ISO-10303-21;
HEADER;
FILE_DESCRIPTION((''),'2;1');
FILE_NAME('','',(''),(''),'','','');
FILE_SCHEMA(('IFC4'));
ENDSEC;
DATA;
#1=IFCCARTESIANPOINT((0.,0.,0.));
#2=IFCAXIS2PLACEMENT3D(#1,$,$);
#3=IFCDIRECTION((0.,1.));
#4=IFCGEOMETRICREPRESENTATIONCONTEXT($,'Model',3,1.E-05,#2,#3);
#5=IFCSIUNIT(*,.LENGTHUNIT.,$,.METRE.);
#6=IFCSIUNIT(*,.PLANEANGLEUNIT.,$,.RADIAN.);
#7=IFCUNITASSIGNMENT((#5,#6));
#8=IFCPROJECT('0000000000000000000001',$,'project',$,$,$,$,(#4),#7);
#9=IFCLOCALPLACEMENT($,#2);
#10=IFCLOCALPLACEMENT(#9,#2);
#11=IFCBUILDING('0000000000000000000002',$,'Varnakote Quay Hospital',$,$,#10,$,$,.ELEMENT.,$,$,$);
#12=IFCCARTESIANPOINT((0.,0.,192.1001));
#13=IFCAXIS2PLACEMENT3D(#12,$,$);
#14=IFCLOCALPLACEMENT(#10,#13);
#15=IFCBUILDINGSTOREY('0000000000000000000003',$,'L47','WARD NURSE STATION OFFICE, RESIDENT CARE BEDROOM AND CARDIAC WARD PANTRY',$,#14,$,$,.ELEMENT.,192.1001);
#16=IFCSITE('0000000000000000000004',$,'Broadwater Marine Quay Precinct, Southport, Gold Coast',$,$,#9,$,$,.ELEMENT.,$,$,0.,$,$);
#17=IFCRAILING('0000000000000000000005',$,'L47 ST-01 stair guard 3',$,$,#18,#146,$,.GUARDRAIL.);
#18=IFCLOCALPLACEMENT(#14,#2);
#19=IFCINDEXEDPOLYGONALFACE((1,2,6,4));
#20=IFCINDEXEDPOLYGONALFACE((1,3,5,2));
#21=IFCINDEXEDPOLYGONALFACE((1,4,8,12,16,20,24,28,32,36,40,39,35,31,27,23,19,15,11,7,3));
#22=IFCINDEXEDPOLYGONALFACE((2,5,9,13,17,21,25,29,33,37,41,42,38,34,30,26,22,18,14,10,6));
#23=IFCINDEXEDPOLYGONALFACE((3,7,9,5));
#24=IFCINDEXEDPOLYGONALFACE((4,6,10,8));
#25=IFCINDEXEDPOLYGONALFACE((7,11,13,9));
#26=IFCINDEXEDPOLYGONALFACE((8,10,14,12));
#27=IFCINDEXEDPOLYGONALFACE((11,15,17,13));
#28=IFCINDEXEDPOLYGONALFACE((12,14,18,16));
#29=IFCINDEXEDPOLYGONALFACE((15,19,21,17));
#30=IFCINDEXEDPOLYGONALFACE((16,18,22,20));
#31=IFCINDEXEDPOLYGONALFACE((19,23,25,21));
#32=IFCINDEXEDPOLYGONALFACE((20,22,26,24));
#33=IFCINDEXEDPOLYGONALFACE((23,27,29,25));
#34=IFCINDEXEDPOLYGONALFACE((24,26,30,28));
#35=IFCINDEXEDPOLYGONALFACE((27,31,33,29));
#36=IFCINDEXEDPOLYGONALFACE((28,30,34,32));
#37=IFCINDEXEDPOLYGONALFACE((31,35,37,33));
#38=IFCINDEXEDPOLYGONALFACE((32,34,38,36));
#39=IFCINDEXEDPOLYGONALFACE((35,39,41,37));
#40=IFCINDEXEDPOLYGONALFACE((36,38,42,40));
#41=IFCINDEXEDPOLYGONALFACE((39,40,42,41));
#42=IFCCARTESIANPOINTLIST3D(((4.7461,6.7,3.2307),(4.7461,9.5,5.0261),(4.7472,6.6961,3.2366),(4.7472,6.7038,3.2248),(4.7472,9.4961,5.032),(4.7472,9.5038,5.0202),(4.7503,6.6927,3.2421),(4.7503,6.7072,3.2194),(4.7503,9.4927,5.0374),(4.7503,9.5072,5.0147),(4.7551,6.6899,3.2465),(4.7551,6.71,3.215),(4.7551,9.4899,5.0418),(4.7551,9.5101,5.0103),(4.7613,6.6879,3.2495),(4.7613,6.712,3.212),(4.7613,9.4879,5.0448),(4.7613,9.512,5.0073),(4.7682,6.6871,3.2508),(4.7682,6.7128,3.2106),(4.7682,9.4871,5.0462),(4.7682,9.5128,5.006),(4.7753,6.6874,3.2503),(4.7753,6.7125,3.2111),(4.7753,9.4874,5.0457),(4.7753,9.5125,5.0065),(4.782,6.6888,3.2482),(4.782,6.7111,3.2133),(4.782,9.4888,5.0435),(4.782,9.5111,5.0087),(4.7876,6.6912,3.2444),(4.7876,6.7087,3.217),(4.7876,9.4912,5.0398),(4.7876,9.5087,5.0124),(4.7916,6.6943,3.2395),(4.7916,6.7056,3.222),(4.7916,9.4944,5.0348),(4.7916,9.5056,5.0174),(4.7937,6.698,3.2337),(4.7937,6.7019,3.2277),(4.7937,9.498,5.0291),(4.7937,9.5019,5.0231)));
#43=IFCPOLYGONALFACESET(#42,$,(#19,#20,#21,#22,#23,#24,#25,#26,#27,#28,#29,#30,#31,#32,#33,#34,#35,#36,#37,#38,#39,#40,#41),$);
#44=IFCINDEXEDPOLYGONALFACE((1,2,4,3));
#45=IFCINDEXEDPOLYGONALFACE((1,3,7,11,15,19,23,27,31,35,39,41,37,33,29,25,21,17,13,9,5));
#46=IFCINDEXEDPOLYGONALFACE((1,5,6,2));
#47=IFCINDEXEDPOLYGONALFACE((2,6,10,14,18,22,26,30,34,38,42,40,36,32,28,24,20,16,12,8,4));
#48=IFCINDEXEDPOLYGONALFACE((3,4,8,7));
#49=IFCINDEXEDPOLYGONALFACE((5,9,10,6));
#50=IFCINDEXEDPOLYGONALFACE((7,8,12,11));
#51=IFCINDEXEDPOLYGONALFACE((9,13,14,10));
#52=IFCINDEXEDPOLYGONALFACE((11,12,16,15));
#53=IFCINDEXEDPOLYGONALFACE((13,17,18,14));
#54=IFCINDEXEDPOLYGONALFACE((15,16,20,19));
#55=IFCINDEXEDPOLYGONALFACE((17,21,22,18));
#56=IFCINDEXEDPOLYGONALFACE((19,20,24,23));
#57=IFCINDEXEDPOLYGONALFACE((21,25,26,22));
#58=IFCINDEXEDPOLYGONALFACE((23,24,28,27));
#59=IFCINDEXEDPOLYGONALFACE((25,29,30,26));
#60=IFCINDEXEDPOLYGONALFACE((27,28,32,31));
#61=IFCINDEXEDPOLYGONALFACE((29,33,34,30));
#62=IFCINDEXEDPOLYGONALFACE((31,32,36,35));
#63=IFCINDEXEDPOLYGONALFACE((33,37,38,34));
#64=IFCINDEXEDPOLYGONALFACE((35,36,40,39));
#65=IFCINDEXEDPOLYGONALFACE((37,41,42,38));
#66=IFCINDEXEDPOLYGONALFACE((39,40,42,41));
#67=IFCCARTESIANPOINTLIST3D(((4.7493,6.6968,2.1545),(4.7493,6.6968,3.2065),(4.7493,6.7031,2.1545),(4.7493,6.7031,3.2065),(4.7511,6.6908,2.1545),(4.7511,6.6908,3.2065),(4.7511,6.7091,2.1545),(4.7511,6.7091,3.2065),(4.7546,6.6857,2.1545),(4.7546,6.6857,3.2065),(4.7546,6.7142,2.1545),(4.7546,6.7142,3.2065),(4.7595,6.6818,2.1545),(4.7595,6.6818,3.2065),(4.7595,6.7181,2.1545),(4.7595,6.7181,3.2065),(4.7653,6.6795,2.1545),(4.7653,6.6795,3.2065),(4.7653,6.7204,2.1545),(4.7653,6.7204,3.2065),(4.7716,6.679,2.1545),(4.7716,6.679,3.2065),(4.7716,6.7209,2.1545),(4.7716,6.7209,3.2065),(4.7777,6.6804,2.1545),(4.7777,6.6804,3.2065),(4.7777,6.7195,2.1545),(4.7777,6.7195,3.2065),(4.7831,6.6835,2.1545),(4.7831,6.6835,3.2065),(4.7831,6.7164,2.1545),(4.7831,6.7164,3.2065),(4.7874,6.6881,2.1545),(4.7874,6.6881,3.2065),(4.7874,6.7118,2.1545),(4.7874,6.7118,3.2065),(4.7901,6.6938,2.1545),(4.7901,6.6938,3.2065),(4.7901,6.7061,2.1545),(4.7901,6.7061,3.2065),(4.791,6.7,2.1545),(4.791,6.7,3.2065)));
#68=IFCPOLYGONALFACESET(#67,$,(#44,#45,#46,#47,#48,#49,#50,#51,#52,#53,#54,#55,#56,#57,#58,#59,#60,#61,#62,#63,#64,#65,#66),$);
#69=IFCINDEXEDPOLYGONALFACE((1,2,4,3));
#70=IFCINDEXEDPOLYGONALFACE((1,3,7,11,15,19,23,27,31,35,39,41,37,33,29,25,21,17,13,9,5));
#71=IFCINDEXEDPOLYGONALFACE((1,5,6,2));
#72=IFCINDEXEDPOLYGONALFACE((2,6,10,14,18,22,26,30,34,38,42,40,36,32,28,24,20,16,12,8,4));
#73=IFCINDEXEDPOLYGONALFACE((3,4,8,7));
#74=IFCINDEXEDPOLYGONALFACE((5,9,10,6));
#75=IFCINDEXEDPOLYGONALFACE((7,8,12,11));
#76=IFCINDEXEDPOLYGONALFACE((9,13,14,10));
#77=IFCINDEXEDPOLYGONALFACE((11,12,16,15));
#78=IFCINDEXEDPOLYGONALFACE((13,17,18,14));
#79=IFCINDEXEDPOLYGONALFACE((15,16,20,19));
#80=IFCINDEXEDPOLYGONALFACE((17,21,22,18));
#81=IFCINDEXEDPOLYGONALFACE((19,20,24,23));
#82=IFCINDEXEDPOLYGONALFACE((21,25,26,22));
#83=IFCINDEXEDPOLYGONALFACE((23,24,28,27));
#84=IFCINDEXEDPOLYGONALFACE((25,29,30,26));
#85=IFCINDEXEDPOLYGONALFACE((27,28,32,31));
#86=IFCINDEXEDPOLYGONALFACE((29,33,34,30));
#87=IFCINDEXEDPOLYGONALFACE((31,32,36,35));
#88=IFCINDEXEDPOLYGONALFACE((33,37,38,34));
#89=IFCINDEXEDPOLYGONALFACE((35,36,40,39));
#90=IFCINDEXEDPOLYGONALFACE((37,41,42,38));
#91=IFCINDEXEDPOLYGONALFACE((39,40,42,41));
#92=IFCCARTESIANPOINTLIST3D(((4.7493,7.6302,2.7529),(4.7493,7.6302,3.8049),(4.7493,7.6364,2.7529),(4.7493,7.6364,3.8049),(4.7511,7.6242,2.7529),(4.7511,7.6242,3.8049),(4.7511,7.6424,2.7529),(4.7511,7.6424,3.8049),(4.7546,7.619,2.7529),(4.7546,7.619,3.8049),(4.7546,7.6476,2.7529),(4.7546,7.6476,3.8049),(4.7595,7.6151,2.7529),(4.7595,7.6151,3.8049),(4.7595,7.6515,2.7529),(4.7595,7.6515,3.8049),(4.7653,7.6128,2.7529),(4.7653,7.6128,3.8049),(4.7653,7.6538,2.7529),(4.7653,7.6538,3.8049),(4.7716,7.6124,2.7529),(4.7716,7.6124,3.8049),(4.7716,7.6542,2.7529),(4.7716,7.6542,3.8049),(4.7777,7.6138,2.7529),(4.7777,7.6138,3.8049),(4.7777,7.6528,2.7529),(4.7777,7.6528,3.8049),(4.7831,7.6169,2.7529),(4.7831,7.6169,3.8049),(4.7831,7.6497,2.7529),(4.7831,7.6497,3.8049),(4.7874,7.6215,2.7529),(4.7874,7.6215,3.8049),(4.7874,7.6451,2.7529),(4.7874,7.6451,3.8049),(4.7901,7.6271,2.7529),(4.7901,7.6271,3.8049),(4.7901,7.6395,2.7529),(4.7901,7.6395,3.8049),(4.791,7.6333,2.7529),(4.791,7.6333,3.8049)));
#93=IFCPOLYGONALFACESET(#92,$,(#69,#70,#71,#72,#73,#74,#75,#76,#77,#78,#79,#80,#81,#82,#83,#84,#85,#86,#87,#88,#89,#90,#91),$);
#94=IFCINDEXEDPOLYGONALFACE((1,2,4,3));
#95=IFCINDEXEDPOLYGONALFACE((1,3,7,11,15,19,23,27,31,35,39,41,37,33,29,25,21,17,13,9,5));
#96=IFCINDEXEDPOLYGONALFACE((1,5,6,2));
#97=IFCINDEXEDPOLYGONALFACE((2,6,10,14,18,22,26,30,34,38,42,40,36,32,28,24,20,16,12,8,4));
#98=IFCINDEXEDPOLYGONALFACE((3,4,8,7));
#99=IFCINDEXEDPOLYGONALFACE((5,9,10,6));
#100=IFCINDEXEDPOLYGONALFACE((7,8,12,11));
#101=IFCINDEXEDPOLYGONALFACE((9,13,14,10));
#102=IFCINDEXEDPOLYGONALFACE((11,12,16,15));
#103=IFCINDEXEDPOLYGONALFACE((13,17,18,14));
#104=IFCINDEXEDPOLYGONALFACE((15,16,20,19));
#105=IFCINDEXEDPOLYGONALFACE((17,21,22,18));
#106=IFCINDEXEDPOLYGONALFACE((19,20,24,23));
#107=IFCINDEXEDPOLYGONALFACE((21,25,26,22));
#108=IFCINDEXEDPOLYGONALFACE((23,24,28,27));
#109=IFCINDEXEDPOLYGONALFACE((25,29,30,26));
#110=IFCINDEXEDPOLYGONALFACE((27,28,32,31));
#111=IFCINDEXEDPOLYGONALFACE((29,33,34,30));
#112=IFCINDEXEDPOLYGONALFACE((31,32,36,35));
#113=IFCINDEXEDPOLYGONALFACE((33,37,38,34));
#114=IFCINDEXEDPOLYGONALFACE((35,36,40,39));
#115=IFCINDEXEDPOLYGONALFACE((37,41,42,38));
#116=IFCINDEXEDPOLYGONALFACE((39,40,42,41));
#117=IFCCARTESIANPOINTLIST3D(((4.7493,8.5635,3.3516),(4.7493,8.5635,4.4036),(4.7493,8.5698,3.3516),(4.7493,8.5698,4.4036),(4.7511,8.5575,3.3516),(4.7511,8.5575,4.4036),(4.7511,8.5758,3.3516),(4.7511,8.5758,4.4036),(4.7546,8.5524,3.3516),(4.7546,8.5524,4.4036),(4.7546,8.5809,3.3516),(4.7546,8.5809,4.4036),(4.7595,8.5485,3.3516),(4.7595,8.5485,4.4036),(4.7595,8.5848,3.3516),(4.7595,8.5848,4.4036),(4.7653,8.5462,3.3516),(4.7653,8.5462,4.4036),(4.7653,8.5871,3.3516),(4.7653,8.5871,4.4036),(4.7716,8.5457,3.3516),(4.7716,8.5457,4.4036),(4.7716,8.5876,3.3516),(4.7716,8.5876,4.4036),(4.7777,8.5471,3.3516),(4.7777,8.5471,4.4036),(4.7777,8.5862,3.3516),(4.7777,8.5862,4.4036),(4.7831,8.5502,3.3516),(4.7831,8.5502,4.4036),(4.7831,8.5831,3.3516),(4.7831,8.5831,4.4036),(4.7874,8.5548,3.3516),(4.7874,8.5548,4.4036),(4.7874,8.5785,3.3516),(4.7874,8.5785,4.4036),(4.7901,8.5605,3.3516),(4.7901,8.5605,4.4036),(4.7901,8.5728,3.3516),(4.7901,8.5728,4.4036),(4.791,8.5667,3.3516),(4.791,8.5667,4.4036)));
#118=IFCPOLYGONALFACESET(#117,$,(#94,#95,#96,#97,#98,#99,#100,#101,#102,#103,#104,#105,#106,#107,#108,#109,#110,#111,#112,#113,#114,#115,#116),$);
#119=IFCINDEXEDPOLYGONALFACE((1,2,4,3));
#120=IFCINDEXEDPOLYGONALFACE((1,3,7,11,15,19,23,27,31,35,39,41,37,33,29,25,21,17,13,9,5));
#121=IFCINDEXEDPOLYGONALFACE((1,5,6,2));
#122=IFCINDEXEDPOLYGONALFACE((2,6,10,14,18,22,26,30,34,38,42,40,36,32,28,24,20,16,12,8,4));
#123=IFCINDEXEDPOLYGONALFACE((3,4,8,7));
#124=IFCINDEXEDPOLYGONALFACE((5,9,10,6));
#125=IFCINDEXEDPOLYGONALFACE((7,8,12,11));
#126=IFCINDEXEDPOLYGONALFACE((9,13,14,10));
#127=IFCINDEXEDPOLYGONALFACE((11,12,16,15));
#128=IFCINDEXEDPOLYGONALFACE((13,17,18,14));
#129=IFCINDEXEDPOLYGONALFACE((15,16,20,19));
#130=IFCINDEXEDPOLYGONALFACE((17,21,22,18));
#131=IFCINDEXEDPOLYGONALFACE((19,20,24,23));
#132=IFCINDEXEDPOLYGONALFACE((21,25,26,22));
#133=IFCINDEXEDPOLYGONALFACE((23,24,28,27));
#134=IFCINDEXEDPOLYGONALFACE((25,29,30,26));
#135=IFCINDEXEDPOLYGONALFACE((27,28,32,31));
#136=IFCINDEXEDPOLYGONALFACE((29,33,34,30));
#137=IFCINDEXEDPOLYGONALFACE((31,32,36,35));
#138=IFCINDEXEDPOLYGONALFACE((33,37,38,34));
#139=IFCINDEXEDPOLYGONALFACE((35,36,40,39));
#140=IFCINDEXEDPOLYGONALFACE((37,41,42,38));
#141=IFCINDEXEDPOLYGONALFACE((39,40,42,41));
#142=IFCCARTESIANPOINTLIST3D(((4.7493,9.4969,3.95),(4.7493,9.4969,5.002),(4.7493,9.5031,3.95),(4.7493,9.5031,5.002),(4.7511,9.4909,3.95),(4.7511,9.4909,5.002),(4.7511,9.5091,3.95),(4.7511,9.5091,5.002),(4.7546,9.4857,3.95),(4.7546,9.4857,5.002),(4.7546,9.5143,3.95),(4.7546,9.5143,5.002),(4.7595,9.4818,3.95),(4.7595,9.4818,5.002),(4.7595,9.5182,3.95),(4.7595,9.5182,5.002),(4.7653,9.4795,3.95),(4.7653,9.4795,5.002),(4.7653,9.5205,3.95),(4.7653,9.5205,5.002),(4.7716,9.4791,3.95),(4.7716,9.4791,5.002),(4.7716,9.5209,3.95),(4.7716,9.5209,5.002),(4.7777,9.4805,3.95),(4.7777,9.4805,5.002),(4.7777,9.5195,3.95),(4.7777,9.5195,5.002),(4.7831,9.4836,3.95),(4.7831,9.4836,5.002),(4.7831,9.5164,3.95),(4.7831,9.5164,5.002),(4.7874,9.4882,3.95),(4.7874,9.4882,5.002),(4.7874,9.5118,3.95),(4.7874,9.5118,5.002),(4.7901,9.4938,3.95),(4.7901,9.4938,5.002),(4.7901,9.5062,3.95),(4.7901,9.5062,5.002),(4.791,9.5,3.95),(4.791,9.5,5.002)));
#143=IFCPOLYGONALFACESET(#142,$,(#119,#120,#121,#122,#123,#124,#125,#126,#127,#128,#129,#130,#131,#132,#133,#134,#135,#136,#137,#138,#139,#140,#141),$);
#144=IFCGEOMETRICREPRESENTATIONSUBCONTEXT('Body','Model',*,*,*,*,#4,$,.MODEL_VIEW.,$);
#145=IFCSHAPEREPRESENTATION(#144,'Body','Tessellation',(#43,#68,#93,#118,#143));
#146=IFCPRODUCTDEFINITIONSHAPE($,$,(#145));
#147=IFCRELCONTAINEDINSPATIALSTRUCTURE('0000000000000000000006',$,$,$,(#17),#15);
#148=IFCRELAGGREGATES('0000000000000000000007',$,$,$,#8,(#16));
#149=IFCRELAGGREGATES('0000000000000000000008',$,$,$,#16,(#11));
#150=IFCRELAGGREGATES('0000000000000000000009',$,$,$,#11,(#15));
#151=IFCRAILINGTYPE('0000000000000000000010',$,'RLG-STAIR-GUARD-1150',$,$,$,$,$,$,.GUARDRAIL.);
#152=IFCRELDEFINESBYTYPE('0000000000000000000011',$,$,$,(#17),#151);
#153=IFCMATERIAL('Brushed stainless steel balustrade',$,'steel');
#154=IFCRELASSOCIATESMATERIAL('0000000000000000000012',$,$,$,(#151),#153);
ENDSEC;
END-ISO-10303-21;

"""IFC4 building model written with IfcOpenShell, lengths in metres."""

from ifc_helpers import new_model, si_unit, direction, frame, origin, origin_2d, place, context, subcontext, project, spatial, circle, extrude, material, type_object, element, save


model = new_model("IFC4")

# Units and contexts
model_context = context("Model", 3, precision=1e-05, world=origin(), true_north=direction((0.0, 1.0)))
body_context = subcontext(model_context, "Body", "Model", "MODEL_VIEW")
ifc_project = project(units=[si_unit("LENGTHUNIT", "METRE"), si_unit("PLANEANGLEUNIT", "RADIAN")], contexts=[model_context])

# Site, building, storey
site_placement = place(None, origin())
site = spatial("IfcSite", under=ifc_project, at=site_placement, Name="Broadwater Marine Quay Precinct, Southport, Gold Coast", CompositionType="ELEMENT", RefElevation=0.0)
building_placement = place(site_placement, origin())
building = spatial("IfcBuilding", under=site, at=building_placement, Name="Varnakote Quay Hospital", CompositionType="ELEMENT")
storey_placement = place(building_placement, frame((0.0, 0.0, 192.1001)))
storey = spatial("IfcBuildingStorey", under=building, at=storey_placement, Name="L47", Description="WARD NURSE STATION OFFICE, RESIDENT CARE BEDROOM AND CARDIAC WARD PANTRY", CompositionType="ELEMENT", Elevation=192.1001)

# Railing
ifc_material_1 = material(Name="Brushed stainless steel balustrade", Category="steel")
railing_type_1 = type_object("IfcRailingType", Name="RLG-STAIR-GUARD-1150", PredefinedType="GUARDRAIL", material=ifc_material_1)
railing_1_placement = place(storey_placement, frame((4.77, 6.7, 2.1545)))
element("IfcRailing", 1, at=railing_1_placement, inside=storey, type_object=railing_type_1, Name="L47 ST-01 stair guard 3", PredefinedType="GUARDRAIL", context=body_context, shape_type="SweptSolid", body=[
    extrude(circle(Radius=0.0239, at=origin_2d()), frame((0.0, 0.0, 1.0762), z_axis=(0.0, 0.84181, 0.539774), x_axis=(-1.0, 0.0, 0.0)), (0.0, 0.0, 1.0), 3.3262),
    extrude(circle(Radius=0.021, at=origin_2d()), origin(), (0.0, 0.0, 1.0), 1.052),
    extrude(circle(Radius=0.021, at=origin_2d()), frame((0.0, 0.9333, 0.5984)), (0.0, 0.0, 1.0), 1.052),
    extrude(circle(Radius=0.021, at=origin_2d()), frame((0.0, 1.8667, 1.197)), (0.0, 0.0, 1.0), 1.052),
    extrude(circle(Radius=0.021, at=origin_2d()), frame((0.0, 2.8, 1.7954)), (0.0, 0.0, 1.0), 1.052),
])

save(model, "model.ifc")
